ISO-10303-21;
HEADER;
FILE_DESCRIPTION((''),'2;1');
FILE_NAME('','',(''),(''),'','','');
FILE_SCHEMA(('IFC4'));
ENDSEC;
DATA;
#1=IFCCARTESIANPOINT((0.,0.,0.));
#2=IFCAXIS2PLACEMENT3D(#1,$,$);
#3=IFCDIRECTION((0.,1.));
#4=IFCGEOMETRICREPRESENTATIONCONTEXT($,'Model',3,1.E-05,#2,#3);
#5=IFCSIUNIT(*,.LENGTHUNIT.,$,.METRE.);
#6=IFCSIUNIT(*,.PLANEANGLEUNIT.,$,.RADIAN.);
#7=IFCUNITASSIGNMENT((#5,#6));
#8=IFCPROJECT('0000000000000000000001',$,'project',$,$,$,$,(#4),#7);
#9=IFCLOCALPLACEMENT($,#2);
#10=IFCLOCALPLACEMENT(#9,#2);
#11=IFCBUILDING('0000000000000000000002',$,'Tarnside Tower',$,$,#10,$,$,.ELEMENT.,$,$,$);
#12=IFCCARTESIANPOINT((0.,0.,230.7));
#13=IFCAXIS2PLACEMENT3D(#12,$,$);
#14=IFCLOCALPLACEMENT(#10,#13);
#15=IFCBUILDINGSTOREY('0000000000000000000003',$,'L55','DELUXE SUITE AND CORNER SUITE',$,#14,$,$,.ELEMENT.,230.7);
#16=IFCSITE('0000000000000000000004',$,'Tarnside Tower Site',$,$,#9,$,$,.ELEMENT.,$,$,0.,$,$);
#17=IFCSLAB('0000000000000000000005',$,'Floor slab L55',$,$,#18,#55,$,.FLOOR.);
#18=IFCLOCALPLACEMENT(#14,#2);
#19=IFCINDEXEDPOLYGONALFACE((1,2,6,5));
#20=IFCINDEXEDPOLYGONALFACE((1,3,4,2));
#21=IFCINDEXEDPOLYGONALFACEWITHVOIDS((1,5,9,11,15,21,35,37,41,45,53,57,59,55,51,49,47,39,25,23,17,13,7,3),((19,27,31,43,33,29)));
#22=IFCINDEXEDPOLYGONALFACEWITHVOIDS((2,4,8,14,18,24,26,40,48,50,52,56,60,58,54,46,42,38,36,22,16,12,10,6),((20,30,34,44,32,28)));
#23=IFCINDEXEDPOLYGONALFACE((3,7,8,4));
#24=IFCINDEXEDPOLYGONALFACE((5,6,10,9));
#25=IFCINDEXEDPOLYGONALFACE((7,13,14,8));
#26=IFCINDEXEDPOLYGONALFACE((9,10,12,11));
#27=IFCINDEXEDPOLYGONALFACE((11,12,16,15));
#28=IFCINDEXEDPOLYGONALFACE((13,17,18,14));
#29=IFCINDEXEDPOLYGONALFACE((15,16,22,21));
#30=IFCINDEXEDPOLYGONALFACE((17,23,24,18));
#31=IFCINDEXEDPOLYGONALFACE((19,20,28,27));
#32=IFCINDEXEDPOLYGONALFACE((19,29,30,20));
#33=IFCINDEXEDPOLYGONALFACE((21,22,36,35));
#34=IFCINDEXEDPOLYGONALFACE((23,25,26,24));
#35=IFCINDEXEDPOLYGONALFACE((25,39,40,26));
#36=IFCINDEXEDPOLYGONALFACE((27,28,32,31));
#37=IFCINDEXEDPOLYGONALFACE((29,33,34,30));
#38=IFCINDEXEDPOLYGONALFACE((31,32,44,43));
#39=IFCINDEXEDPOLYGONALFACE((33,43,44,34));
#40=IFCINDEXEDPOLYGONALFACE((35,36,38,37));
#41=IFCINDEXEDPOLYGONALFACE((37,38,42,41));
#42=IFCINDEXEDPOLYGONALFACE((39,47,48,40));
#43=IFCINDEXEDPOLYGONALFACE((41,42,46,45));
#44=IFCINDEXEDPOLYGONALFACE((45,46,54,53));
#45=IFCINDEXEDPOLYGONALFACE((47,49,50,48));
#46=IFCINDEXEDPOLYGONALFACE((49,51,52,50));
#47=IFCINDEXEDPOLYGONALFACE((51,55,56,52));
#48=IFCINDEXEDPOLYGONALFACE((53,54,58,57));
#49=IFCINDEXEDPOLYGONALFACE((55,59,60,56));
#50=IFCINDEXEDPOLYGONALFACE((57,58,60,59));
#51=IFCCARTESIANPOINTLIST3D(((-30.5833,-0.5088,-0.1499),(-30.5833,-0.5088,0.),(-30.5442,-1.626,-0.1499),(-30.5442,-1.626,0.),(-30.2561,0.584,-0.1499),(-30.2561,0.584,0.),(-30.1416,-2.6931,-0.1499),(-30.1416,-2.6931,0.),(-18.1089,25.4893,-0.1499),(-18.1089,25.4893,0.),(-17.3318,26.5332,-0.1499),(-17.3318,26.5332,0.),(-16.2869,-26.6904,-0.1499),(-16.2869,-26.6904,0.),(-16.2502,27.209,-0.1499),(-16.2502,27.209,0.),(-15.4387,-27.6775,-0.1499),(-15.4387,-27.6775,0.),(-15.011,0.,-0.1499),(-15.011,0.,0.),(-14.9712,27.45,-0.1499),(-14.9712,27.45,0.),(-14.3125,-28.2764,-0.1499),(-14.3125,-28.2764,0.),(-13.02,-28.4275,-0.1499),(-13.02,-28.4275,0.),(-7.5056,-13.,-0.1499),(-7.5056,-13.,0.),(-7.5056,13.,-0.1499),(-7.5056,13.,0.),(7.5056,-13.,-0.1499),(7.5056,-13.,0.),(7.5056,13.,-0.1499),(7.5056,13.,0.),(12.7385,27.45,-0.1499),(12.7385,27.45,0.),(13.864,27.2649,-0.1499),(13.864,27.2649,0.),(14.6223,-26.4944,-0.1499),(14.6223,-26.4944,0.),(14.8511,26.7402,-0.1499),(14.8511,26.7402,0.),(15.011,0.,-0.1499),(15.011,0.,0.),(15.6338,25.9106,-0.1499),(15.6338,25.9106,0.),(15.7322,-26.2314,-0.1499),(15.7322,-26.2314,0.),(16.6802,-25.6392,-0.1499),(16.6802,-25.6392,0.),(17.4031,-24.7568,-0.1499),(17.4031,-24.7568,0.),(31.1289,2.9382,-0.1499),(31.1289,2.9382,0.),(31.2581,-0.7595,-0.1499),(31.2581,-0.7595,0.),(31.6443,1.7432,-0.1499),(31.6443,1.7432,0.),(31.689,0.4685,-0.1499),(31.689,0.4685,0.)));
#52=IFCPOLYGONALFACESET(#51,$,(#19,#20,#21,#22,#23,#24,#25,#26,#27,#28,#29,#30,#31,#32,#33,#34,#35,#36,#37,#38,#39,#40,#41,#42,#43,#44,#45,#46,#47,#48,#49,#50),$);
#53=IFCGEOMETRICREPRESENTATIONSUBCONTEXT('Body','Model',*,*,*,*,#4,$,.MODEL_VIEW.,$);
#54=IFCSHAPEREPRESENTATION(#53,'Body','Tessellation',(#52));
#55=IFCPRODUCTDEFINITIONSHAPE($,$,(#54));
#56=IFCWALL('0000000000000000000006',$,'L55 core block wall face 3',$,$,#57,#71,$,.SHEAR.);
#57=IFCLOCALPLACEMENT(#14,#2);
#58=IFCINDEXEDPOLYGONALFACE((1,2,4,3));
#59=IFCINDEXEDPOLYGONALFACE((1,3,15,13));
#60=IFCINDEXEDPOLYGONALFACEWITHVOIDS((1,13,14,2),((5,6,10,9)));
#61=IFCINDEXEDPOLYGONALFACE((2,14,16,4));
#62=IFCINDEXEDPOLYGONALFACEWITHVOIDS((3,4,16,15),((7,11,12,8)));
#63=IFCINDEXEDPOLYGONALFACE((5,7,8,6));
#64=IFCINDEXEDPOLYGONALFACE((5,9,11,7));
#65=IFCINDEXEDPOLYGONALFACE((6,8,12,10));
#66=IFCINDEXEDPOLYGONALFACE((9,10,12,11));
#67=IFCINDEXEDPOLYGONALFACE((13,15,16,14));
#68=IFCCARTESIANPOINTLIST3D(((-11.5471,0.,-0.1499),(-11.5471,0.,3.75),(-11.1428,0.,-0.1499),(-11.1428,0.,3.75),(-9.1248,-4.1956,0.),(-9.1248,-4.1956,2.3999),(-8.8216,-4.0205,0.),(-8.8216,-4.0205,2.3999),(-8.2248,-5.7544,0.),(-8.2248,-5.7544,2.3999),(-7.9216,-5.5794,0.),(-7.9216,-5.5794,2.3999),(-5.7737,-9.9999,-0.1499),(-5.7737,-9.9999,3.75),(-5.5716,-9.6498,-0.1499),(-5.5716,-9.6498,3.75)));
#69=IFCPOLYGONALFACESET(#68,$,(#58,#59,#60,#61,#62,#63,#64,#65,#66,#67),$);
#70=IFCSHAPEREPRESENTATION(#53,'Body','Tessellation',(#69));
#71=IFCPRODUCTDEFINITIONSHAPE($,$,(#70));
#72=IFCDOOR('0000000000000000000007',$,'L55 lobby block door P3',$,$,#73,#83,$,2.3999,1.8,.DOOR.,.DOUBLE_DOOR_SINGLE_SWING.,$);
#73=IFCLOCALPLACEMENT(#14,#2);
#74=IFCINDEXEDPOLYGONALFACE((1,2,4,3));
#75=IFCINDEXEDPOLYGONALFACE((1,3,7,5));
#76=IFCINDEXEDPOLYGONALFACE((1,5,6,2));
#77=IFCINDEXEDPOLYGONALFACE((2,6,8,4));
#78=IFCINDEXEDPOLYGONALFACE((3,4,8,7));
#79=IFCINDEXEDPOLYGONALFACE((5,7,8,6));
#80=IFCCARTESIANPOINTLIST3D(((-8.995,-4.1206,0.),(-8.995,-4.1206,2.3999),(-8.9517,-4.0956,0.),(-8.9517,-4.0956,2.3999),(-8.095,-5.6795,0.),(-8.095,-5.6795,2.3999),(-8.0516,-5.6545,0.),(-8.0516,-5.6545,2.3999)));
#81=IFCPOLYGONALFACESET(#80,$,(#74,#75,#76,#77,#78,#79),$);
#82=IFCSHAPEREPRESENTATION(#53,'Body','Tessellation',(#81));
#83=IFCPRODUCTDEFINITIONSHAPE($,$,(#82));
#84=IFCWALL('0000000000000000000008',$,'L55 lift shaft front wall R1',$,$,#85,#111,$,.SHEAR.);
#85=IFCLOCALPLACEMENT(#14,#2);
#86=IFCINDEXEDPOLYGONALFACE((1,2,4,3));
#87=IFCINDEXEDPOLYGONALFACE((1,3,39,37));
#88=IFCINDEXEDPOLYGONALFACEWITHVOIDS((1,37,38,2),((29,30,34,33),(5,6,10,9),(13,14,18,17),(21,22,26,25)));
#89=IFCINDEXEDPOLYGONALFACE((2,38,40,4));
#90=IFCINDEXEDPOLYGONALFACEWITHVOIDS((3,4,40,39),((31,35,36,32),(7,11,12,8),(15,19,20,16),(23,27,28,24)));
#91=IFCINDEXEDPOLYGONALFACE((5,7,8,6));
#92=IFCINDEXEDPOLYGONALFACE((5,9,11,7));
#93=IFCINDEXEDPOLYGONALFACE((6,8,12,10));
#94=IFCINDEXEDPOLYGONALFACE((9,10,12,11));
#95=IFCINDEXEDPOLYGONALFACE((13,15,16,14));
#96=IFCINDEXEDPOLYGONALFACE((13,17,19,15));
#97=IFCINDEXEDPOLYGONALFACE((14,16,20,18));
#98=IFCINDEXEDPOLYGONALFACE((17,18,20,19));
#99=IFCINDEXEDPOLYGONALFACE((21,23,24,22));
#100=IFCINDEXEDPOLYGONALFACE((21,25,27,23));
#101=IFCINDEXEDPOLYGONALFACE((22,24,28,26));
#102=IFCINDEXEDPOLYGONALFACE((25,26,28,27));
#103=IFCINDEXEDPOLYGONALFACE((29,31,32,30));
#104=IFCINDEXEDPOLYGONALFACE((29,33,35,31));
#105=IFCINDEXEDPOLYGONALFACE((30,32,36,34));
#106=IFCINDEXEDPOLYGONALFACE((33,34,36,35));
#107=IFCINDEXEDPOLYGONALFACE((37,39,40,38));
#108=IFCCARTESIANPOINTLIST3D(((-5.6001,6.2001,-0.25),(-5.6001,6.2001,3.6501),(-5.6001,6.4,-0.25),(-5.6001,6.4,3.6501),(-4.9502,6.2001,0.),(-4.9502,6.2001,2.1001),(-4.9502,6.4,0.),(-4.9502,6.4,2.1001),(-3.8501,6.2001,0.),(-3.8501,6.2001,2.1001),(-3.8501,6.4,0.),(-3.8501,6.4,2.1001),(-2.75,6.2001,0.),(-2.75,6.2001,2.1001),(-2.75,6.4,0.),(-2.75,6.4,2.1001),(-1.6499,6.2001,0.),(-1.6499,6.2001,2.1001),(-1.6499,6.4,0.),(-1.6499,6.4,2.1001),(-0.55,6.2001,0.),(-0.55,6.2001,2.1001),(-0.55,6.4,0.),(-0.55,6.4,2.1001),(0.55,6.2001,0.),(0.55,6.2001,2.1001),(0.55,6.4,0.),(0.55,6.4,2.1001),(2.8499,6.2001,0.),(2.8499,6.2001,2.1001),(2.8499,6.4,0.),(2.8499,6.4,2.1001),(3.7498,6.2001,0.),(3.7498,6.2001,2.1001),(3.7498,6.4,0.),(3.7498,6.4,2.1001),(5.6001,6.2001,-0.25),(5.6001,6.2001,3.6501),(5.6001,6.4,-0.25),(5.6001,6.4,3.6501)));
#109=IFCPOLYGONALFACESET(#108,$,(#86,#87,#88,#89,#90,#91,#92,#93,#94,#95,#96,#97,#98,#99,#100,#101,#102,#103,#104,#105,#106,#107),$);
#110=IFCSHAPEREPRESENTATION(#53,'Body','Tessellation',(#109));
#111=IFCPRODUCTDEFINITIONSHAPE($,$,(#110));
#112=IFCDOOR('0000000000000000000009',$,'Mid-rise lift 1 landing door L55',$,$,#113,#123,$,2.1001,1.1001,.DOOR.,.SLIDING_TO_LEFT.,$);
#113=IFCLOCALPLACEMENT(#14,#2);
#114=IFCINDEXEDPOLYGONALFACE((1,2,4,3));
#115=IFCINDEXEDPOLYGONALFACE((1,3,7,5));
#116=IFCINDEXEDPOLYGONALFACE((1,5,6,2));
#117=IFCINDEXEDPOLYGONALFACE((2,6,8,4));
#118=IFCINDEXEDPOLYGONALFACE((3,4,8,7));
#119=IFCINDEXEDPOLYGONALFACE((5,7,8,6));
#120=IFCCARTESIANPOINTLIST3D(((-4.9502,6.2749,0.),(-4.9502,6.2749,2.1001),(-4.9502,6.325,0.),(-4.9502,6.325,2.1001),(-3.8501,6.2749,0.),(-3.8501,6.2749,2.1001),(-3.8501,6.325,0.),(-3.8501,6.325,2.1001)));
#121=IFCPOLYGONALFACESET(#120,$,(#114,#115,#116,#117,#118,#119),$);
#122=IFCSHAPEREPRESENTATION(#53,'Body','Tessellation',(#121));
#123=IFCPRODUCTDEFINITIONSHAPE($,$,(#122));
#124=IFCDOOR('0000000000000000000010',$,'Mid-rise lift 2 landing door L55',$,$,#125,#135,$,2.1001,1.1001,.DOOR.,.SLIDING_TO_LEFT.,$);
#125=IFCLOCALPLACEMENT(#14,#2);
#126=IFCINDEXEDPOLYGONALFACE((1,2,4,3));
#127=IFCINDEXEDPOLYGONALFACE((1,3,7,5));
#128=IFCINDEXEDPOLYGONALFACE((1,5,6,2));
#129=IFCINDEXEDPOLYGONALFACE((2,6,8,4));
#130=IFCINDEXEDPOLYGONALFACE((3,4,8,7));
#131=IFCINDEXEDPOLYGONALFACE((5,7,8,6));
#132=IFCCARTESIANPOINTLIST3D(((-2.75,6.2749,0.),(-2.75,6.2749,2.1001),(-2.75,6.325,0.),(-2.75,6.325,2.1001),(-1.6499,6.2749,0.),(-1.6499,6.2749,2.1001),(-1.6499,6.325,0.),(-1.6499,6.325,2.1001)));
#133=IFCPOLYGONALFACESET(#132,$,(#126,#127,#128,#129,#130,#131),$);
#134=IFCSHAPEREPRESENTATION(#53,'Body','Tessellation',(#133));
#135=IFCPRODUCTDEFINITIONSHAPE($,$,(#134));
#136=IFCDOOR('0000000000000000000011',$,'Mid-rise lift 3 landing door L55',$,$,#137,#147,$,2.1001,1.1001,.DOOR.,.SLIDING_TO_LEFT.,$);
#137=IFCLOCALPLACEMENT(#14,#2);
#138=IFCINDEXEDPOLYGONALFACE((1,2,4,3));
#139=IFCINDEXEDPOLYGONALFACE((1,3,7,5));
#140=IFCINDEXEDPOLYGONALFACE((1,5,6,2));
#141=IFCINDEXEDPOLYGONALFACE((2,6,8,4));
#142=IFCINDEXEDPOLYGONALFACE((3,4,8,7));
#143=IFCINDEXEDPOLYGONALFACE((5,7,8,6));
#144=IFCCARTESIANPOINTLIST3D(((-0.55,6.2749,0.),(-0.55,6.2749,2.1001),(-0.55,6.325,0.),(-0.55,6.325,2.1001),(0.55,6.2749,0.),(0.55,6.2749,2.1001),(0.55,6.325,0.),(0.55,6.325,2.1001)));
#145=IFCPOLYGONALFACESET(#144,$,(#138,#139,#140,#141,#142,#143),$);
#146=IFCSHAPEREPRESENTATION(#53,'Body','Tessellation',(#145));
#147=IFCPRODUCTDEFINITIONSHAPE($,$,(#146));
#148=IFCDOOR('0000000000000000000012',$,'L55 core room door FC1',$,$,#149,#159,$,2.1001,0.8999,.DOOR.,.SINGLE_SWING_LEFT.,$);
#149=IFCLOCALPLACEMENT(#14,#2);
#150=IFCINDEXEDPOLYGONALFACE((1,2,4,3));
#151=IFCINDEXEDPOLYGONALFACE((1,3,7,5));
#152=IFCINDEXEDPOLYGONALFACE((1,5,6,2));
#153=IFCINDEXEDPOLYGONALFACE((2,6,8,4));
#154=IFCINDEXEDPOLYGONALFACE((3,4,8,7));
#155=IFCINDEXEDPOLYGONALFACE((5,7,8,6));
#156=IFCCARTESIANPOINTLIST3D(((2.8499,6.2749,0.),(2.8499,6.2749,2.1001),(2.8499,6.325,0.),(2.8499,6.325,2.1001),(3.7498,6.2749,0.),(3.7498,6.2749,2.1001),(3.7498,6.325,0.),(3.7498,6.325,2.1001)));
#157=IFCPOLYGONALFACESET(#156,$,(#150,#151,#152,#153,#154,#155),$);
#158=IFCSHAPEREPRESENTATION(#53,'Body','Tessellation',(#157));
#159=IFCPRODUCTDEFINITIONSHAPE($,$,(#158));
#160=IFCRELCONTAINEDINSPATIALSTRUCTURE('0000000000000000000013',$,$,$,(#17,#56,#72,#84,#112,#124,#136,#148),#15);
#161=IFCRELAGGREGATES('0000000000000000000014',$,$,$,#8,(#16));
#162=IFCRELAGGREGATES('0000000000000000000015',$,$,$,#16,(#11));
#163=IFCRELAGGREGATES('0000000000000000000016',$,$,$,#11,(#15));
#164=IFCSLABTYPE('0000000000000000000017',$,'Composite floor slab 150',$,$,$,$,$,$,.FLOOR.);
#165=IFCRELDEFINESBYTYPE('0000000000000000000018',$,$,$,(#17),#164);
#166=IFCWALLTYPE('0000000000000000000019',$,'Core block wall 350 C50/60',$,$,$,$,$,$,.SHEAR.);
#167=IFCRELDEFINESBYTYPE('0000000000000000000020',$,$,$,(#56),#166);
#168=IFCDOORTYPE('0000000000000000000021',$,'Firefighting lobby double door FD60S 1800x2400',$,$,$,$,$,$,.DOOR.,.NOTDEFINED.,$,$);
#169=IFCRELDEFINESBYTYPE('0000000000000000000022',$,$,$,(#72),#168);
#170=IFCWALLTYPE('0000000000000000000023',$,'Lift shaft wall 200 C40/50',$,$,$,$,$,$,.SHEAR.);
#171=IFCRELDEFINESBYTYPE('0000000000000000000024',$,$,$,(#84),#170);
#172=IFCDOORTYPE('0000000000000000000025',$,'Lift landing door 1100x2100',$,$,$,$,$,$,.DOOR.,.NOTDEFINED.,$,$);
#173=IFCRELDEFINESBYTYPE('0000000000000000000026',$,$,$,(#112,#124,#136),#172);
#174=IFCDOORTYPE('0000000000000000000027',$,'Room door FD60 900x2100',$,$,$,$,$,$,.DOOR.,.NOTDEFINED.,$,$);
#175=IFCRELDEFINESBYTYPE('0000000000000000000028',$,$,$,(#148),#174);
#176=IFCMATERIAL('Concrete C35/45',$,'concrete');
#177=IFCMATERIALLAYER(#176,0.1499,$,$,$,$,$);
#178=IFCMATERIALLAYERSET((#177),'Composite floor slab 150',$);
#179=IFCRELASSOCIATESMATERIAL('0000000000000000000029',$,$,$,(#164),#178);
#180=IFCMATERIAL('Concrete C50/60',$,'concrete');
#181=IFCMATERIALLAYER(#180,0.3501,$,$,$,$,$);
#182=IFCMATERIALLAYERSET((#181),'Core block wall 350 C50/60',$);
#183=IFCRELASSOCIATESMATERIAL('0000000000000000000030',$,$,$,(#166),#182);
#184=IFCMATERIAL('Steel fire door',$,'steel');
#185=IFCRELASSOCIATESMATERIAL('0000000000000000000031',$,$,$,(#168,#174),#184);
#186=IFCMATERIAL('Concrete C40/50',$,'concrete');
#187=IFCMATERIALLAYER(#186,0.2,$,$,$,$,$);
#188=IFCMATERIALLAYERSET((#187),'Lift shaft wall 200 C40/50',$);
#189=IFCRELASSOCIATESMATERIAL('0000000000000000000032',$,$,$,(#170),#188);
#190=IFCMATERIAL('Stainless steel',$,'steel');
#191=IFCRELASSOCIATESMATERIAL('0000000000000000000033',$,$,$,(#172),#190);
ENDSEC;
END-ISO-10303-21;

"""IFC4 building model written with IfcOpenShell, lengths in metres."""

from ifc_helpers import new_model, si_unit, direction, frame, frame_2d, origin, place, context, subcontext, project, spatial, polyline, rectangle, outline, extrude, material, layer, layer_set, type_object, element, fill, save


model = new_model("IFC4")

# Units and contexts
model_context = context("Model", 3, precision=1e-05, world=origin(), true_north=direction((0.0, 1.0)))
body_context = subcontext(model_context, "Body", "Model", "MODEL_VIEW")
ifc_project = project(units=[si_unit("LENGTHUNIT", "METRE"), si_unit("PLANEANGLEUNIT", "RADIAN")], contexts=[model_context])

# Site, building, storey
site_placement = place(None, origin())
site = spatial("IfcSite", under=ifc_project, at=site_placement, Name="Tarnside Tower Site", CompositionType="ELEMENT", RefElevation=0.0)
building_placement = place(site_placement, origin())
building = spatial("IfcBuilding", under=site, at=building_placement, Name="Tarnside Tower", CompositionType="ELEMENT")
storey_placement = place(building_placement, frame((0.0, 0.0, 230.7)))
storey = spatial("IfcBuildingStorey", under=building, at=storey_placement, Name="L55", Description="DELUXE SUITE AND CORNER SUITE", CompositionType="ELEMENT", Elevation=230.7)

# Slab
ifc_material_1 = material(Name="Concrete C35/45", Category="concrete")
ifc_layer_1 = layer(ifc_material_1, 0.1499)
ifc_layer_set_1 = layer_set([ifc_layer_1], Name="Composite floor slab 150")
slab_type = type_object("IfcSlabType", Name="Composite floor slab 150", PredefinedType="FLOOR", material=ifc_layer_set_1)
slab_placement = place(storey_placement, frame((0.0, 0.0, -0.1499)))
element("IfcSlab", 1, at=slab_placement, inside=storey, type_object=slab_type, Name="Floor slab L55", PredefinedType="FLOOR", context=body_context, shape_type="SweptSolid", body=[
    extrude(outline(polyline([(13.864, 27.2649), (14.8511, 26.7402), (15.6338, 25.9106), (31.1289, 2.9382), (31.6443, 1.7432), (31.689, 0.4685), (31.2581, -0.7595), (17.4031, -24.7568), (16.6802, -25.6392), (15.7322, -26.2314), (14.6223, -26.4944), (-13.02, -28.4275), (-14.3125, -28.2764), (-15.4387, -27.6775), (-16.2869, -26.6904), (-30.1416, -2.6931), (-30.5442, -1.626), (-30.5833, -0.5088), (-30.2561, 0.584), (-18.1089, 25.4893), (-17.3318, 26.5332), (-16.2502, 27.209), (-14.9712, 27.45), (12.7385, 27.45), (13.864, 27.2649)]), holes=[polyline([(-15.011, 0.0), (-7.5056, -13.0), (7.5056, -13.0), (15.011, 0.0), (7.5056, 13.0), (-7.5056, 13.0), (-15.011, 0.0)])]), origin(), (0.0, 0.0, 1.0), 0.1499),
])

# Wall, opening, door
ifc_material_2 = material(Name="Concrete C50/60", Category="concrete")
ifc_layer_2 = layer(ifc_material_2, 0.3501)
ifc_layer_set_2 = layer_set([ifc_layer_2], Name="Core block wall 350 C50/60")
wall_type_1 = type_object("IfcWallType", Name="Core block wall 350 C50/60", PredefinedType="SHEAR", material=ifc_layer_set_2)
wall_1_placement = place(storey_placement, frame((-11.345, 0.0, -0.1499), z_axis=(0.0, 0.0, 1.0), x_axis=(0.499995, -0.866028, 0.0)))
wall_1 = element("IfcWall", 2, at=wall_1_placement, inside=storey, type_object=wall_type_1, Name="L55 core block wall face 3", PredefinedType="SHEAR", context=body_context, shape_type="SweptSolid", body=[
    extrude(outline(polyline([(-0.1011, -0.175), (11.4458, -0.175), (11.2437, 0.175), (0.1011, 0.175), (-0.1011, -0.175)])), origin(), (0.0, 0.0, 1.0), 3.8999),
])
opening_1_placement = place(wall_1_placement, frame((4.7437, 0.0, 0.1499)))
opening_1 = element("IfcOpeningElement", 3, at=opening_1_placement, cuts=wall_1, PredefinedType="OPENING", context=body_context, shape_type="SweptSolid", body=[
    extrude(rectangle(XDim=1.8, YDim=2.3999, at=frame_2d((0.8999, 1.2))), frame((0.0, 0.1851, 0.0), z_axis=(0.0, -1.0, 0.0), x_axis=(1.0, 0.0, 0.0)), (0.0, 0.0, 1.0), 0.3701),
])
ifc_material_3 = material(Name="Steel fire door", Category="steel")
door_type_1 = type_object("IfcDoorType", Name="Firefighting lobby double door FD60S 1800x2400", OperationType="NOTDEFINED", PredefinedType="DOOR", material=ifc_material_3)
door_1_placement = place(opening_1_placement, origin())
door_1 = element("IfcDoor", 4, at=door_1_placement, inside=storey, type_object=door_type_1, Name="L55 lobby block door P3", OperationType="DOUBLE_DOOR_SINGLE_SWING", OverallHeight=2.3999, OverallWidth=1.8, PredefinedType="DOOR", context=body_context, shape_type="SweptSolid", body=[
    extrude(rectangle(XDim=1.8, YDim=2.3999, at=frame_2d((0.8999, 1.2))), frame((0.0, 0.0249, 0.0), z_axis=(0.0, -1.0, 0.0), x_axis=(1.0, 0.0, 0.0)), (0.0, 0.0, 1.0), 0.05),
])
fill(opening_1, door_1)

# Wall, openings, doors
ifc_material_4 = material(Name="Concrete C40/50", Category="concrete")
ifc_layer_3 = layer(ifc_material_4, 0.2)
ifc_layer_set_3 = layer_set([ifc_layer_3], Name="Lift shaft wall 200 C40/50")
wall_type_2 = type_object("IfcWallType", Name="Lift shaft wall 200 C40/50", PredefinedType="SHEAR", material=ifc_layer_set_3)
wall_2_placement = place(storey_placement, frame((-5.6001, 6.3, -0.25), z_axis=(0.0, 0.0, 1.0), x_axis=(1.0, 0.0, 0.0)))
wall_2 = element("IfcWall", 5, at=wall_2_placement, inside=storey, type_object=wall_type_2, Name="L55 lift shaft front wall R1", PredefinedType="SHEAR", context=body_context, shape_type="SweptSolid", body=[
    extrude(rectangle(XDim=11.2002, YDim=0.2, at=frame_2d((5.6001, 0.0))), origin(), (0.0, 0.0, 1.0), 3.9001),
])
opening_2_placement = place(wall_2_placement, frame((8.45, 0.0, 0.25)))
opening_2 = element("IfcOpeningElement", 6, at=opening_2_placement, cuts=wall_2, PredefinedType="OPENING", context=body_context, shape_type="SweptSolid", body=[
    extrude(rectangle(XDim=0.8999, YDim=2.1001, at=frame_2d((0.45, 1.05))), frame((0.0, 0.1099, 0.0), z_axis=(0.0, -1.0, 0.0), x_axis=(1.0, 0.0, 0.0)), (0.0, 0.0, 1.0), 0.22),
])
opening_3_placement = place(wall_2_placement, frame((0.6499, 0.0, 0.25)))
opening_3 = element("IfcOpeningElement", 7, at=opening_3_placement, cuts=wall_2, PredefinedType="OPENING", context=body_context, shape_type="SweptSolid", body=[
    extrude(rectangle(XDim=1.1001, YDim=2.1001, at=frame_2d((0.55, 1.05))), frame((0.0, 0.1099, 0.0), z_axis=(0.0, -1.0, 0.0), x_axis=(1.0, 0.0, 0.0)), (0.0, 0.0, 1.0), 0.22),
])
opening_4_placement = place(wall_2_placement, frame((2.8501, 0.0, 0.25)))
opening_4 = element("IfcOpeningElement", 8, at=opening_4_placement, cuts=wall_2, PredefinedType="OPENING", context=body_context, shape_type="SweptSolid", body=[
    extrude(rectangle(XDim=1.1001, YDim=2.1001, at=frame_2d((0.55, 1.05))), frame((0.0, 0.1099, 0.0), z_axis=(0.0, -1.0, 0.0), x_axis=(1.0, 0.0, 0.0)), (0.0, 0.0, 1.0), 0.22),
])
opening_5_placement = place(wall_2_placement, frame((5.05, 0.0, 0.25)))
opening_5 = element("IfcOpeningElement", 9, at=opening_5_placement, cuts=wall_2, PredefinedType="OPENING", context=body_context, shape_type="SweptSolid", body=[
    extrude(rectangle(XDim=1.1001, YDim=2.1001, at=frame_2d((0.55, 1.05))), frame((0.0, 0.1099, 0.0), z_axis=(0.0, -1.0, 0.0), x_axis=(1.0, 0.0, 0.0)), (0.0, 0.0, 1.0), 0.22),
])
ifc_material_5 = material(Name="Stainless steel", Category="steel")
door_type_2 = type_object("IfcDoorType", Name="Lift landing door 1100x2100", OperationType="NOTDEFINED", PredefinedType="DOOR", material=ifc_material_5)
door_2_placement = place(opening_3_placement, origin())
door_2 = element("IfcDoor", 10, at=door_2_placement, inside=storey, type_object=door_type_2, Name="Mid-rise lift 1 landing door L55", OperationType="SLIDING_TO_LEFT", OverallHeight=2.1001, OverallWidth=1.1001, PredefinedType="DOOR", context=body_context, shape_type="SweptSolid", body=[
    extrude(rectangle(XDim=1.1001, YDim=2.1001, at=frame_2d((0.55, 1.05))), frame((0.0, 0.0249, 0.0), z_axis=(0.0, -1.0, 0.0), x_axis=(1.0, 0.0, 0.0)), (0.0, 0.0, 1.0), 0.05),
])
fill(opening_3, door_2)
door_3_placement = place(opening_4_placement, origin())
door_3 = element("IfcDoor", 11, at=door_3_placement, inside=storey, type_object=door_type_2, Name="Mid-rise lift 2 landing door L55", OperationType="SLIDING_TO_LEFT", OverallHeight=2.1001, OverallWidth=1.1001, PredefinedType="DOOR", context=body_context, shape_type="SweptSolid", body=[
    extrude(rectangle(XDim=1.1001, YDim=2.1001, at=frame_2d((0.55, 1.05))), frame((0.0, 0.0249, 0.0), z_axis=(0.0, -1.0, 0.0), x_axis=(1.0, 0.0, 0.0)), (0.0, 0.0, 1.0), 0.05),
])
fill(opening_4, door_3)
door_4_placement = place(opening_5_placement, origin())
door_4 = element("IfcDoor", 12, at=door_4_placement, inside=storey, type_object=door_type_2, Name="Mid-rise lift 3 landing door L55", OperationType="SLIDING_TO_LEFT", OverallHeight=2.1001, OverallWidth=1.1001, PredefinedType="DOOR", context=body_context, shape_type="SweptSolid", body=[
    extrude(rectangle(XDim=1.1001, YDim=2.1001, at=frame_2d((0.55, 1.05))), frame((0.0, 0.0249, 0.0), z_axis=(0.0, -1.0, 0.0), x_axis=(1.0, 0.0, 0.0)), (0.0, 0.0, 1.0), 0.05),
])
fill(opening_5, door_4)
door_type_3 = type_object("IfcDoorType", Name="Room door FD60 900x2100", OperationType="NOTDEFINED", PredefinedType="DOOR", material=ifc_material_3)
door_5_placement = place(opening_2_placement, origin())
door_5 = element("IfcDoor", 13, at=door_5_placement, inside=storey, type_object=door_type_3, Name="L55 core room door FC1", OperationType="SINGLE_SWING_LEFT", OverallHeight=2.1001, OverallWidth=0.8999, PredefinedType="DOOR", context=body_context, shape_type="SweptSolid", body=[
    extrude(rectangle(XDim=0.8999, YDim=2.1001, at=frame_2d((0.45, 1.05))), frame((0.0, 0.0249, 0.0), z_axis=(0.0, -1.0, 0.0), x_axis=(1.0, 0.0, 0.0)), (0.0, 0.0, 1.0), 0.05),
])
fill(opening_2, door_5)

save(model, "model.ifc")
